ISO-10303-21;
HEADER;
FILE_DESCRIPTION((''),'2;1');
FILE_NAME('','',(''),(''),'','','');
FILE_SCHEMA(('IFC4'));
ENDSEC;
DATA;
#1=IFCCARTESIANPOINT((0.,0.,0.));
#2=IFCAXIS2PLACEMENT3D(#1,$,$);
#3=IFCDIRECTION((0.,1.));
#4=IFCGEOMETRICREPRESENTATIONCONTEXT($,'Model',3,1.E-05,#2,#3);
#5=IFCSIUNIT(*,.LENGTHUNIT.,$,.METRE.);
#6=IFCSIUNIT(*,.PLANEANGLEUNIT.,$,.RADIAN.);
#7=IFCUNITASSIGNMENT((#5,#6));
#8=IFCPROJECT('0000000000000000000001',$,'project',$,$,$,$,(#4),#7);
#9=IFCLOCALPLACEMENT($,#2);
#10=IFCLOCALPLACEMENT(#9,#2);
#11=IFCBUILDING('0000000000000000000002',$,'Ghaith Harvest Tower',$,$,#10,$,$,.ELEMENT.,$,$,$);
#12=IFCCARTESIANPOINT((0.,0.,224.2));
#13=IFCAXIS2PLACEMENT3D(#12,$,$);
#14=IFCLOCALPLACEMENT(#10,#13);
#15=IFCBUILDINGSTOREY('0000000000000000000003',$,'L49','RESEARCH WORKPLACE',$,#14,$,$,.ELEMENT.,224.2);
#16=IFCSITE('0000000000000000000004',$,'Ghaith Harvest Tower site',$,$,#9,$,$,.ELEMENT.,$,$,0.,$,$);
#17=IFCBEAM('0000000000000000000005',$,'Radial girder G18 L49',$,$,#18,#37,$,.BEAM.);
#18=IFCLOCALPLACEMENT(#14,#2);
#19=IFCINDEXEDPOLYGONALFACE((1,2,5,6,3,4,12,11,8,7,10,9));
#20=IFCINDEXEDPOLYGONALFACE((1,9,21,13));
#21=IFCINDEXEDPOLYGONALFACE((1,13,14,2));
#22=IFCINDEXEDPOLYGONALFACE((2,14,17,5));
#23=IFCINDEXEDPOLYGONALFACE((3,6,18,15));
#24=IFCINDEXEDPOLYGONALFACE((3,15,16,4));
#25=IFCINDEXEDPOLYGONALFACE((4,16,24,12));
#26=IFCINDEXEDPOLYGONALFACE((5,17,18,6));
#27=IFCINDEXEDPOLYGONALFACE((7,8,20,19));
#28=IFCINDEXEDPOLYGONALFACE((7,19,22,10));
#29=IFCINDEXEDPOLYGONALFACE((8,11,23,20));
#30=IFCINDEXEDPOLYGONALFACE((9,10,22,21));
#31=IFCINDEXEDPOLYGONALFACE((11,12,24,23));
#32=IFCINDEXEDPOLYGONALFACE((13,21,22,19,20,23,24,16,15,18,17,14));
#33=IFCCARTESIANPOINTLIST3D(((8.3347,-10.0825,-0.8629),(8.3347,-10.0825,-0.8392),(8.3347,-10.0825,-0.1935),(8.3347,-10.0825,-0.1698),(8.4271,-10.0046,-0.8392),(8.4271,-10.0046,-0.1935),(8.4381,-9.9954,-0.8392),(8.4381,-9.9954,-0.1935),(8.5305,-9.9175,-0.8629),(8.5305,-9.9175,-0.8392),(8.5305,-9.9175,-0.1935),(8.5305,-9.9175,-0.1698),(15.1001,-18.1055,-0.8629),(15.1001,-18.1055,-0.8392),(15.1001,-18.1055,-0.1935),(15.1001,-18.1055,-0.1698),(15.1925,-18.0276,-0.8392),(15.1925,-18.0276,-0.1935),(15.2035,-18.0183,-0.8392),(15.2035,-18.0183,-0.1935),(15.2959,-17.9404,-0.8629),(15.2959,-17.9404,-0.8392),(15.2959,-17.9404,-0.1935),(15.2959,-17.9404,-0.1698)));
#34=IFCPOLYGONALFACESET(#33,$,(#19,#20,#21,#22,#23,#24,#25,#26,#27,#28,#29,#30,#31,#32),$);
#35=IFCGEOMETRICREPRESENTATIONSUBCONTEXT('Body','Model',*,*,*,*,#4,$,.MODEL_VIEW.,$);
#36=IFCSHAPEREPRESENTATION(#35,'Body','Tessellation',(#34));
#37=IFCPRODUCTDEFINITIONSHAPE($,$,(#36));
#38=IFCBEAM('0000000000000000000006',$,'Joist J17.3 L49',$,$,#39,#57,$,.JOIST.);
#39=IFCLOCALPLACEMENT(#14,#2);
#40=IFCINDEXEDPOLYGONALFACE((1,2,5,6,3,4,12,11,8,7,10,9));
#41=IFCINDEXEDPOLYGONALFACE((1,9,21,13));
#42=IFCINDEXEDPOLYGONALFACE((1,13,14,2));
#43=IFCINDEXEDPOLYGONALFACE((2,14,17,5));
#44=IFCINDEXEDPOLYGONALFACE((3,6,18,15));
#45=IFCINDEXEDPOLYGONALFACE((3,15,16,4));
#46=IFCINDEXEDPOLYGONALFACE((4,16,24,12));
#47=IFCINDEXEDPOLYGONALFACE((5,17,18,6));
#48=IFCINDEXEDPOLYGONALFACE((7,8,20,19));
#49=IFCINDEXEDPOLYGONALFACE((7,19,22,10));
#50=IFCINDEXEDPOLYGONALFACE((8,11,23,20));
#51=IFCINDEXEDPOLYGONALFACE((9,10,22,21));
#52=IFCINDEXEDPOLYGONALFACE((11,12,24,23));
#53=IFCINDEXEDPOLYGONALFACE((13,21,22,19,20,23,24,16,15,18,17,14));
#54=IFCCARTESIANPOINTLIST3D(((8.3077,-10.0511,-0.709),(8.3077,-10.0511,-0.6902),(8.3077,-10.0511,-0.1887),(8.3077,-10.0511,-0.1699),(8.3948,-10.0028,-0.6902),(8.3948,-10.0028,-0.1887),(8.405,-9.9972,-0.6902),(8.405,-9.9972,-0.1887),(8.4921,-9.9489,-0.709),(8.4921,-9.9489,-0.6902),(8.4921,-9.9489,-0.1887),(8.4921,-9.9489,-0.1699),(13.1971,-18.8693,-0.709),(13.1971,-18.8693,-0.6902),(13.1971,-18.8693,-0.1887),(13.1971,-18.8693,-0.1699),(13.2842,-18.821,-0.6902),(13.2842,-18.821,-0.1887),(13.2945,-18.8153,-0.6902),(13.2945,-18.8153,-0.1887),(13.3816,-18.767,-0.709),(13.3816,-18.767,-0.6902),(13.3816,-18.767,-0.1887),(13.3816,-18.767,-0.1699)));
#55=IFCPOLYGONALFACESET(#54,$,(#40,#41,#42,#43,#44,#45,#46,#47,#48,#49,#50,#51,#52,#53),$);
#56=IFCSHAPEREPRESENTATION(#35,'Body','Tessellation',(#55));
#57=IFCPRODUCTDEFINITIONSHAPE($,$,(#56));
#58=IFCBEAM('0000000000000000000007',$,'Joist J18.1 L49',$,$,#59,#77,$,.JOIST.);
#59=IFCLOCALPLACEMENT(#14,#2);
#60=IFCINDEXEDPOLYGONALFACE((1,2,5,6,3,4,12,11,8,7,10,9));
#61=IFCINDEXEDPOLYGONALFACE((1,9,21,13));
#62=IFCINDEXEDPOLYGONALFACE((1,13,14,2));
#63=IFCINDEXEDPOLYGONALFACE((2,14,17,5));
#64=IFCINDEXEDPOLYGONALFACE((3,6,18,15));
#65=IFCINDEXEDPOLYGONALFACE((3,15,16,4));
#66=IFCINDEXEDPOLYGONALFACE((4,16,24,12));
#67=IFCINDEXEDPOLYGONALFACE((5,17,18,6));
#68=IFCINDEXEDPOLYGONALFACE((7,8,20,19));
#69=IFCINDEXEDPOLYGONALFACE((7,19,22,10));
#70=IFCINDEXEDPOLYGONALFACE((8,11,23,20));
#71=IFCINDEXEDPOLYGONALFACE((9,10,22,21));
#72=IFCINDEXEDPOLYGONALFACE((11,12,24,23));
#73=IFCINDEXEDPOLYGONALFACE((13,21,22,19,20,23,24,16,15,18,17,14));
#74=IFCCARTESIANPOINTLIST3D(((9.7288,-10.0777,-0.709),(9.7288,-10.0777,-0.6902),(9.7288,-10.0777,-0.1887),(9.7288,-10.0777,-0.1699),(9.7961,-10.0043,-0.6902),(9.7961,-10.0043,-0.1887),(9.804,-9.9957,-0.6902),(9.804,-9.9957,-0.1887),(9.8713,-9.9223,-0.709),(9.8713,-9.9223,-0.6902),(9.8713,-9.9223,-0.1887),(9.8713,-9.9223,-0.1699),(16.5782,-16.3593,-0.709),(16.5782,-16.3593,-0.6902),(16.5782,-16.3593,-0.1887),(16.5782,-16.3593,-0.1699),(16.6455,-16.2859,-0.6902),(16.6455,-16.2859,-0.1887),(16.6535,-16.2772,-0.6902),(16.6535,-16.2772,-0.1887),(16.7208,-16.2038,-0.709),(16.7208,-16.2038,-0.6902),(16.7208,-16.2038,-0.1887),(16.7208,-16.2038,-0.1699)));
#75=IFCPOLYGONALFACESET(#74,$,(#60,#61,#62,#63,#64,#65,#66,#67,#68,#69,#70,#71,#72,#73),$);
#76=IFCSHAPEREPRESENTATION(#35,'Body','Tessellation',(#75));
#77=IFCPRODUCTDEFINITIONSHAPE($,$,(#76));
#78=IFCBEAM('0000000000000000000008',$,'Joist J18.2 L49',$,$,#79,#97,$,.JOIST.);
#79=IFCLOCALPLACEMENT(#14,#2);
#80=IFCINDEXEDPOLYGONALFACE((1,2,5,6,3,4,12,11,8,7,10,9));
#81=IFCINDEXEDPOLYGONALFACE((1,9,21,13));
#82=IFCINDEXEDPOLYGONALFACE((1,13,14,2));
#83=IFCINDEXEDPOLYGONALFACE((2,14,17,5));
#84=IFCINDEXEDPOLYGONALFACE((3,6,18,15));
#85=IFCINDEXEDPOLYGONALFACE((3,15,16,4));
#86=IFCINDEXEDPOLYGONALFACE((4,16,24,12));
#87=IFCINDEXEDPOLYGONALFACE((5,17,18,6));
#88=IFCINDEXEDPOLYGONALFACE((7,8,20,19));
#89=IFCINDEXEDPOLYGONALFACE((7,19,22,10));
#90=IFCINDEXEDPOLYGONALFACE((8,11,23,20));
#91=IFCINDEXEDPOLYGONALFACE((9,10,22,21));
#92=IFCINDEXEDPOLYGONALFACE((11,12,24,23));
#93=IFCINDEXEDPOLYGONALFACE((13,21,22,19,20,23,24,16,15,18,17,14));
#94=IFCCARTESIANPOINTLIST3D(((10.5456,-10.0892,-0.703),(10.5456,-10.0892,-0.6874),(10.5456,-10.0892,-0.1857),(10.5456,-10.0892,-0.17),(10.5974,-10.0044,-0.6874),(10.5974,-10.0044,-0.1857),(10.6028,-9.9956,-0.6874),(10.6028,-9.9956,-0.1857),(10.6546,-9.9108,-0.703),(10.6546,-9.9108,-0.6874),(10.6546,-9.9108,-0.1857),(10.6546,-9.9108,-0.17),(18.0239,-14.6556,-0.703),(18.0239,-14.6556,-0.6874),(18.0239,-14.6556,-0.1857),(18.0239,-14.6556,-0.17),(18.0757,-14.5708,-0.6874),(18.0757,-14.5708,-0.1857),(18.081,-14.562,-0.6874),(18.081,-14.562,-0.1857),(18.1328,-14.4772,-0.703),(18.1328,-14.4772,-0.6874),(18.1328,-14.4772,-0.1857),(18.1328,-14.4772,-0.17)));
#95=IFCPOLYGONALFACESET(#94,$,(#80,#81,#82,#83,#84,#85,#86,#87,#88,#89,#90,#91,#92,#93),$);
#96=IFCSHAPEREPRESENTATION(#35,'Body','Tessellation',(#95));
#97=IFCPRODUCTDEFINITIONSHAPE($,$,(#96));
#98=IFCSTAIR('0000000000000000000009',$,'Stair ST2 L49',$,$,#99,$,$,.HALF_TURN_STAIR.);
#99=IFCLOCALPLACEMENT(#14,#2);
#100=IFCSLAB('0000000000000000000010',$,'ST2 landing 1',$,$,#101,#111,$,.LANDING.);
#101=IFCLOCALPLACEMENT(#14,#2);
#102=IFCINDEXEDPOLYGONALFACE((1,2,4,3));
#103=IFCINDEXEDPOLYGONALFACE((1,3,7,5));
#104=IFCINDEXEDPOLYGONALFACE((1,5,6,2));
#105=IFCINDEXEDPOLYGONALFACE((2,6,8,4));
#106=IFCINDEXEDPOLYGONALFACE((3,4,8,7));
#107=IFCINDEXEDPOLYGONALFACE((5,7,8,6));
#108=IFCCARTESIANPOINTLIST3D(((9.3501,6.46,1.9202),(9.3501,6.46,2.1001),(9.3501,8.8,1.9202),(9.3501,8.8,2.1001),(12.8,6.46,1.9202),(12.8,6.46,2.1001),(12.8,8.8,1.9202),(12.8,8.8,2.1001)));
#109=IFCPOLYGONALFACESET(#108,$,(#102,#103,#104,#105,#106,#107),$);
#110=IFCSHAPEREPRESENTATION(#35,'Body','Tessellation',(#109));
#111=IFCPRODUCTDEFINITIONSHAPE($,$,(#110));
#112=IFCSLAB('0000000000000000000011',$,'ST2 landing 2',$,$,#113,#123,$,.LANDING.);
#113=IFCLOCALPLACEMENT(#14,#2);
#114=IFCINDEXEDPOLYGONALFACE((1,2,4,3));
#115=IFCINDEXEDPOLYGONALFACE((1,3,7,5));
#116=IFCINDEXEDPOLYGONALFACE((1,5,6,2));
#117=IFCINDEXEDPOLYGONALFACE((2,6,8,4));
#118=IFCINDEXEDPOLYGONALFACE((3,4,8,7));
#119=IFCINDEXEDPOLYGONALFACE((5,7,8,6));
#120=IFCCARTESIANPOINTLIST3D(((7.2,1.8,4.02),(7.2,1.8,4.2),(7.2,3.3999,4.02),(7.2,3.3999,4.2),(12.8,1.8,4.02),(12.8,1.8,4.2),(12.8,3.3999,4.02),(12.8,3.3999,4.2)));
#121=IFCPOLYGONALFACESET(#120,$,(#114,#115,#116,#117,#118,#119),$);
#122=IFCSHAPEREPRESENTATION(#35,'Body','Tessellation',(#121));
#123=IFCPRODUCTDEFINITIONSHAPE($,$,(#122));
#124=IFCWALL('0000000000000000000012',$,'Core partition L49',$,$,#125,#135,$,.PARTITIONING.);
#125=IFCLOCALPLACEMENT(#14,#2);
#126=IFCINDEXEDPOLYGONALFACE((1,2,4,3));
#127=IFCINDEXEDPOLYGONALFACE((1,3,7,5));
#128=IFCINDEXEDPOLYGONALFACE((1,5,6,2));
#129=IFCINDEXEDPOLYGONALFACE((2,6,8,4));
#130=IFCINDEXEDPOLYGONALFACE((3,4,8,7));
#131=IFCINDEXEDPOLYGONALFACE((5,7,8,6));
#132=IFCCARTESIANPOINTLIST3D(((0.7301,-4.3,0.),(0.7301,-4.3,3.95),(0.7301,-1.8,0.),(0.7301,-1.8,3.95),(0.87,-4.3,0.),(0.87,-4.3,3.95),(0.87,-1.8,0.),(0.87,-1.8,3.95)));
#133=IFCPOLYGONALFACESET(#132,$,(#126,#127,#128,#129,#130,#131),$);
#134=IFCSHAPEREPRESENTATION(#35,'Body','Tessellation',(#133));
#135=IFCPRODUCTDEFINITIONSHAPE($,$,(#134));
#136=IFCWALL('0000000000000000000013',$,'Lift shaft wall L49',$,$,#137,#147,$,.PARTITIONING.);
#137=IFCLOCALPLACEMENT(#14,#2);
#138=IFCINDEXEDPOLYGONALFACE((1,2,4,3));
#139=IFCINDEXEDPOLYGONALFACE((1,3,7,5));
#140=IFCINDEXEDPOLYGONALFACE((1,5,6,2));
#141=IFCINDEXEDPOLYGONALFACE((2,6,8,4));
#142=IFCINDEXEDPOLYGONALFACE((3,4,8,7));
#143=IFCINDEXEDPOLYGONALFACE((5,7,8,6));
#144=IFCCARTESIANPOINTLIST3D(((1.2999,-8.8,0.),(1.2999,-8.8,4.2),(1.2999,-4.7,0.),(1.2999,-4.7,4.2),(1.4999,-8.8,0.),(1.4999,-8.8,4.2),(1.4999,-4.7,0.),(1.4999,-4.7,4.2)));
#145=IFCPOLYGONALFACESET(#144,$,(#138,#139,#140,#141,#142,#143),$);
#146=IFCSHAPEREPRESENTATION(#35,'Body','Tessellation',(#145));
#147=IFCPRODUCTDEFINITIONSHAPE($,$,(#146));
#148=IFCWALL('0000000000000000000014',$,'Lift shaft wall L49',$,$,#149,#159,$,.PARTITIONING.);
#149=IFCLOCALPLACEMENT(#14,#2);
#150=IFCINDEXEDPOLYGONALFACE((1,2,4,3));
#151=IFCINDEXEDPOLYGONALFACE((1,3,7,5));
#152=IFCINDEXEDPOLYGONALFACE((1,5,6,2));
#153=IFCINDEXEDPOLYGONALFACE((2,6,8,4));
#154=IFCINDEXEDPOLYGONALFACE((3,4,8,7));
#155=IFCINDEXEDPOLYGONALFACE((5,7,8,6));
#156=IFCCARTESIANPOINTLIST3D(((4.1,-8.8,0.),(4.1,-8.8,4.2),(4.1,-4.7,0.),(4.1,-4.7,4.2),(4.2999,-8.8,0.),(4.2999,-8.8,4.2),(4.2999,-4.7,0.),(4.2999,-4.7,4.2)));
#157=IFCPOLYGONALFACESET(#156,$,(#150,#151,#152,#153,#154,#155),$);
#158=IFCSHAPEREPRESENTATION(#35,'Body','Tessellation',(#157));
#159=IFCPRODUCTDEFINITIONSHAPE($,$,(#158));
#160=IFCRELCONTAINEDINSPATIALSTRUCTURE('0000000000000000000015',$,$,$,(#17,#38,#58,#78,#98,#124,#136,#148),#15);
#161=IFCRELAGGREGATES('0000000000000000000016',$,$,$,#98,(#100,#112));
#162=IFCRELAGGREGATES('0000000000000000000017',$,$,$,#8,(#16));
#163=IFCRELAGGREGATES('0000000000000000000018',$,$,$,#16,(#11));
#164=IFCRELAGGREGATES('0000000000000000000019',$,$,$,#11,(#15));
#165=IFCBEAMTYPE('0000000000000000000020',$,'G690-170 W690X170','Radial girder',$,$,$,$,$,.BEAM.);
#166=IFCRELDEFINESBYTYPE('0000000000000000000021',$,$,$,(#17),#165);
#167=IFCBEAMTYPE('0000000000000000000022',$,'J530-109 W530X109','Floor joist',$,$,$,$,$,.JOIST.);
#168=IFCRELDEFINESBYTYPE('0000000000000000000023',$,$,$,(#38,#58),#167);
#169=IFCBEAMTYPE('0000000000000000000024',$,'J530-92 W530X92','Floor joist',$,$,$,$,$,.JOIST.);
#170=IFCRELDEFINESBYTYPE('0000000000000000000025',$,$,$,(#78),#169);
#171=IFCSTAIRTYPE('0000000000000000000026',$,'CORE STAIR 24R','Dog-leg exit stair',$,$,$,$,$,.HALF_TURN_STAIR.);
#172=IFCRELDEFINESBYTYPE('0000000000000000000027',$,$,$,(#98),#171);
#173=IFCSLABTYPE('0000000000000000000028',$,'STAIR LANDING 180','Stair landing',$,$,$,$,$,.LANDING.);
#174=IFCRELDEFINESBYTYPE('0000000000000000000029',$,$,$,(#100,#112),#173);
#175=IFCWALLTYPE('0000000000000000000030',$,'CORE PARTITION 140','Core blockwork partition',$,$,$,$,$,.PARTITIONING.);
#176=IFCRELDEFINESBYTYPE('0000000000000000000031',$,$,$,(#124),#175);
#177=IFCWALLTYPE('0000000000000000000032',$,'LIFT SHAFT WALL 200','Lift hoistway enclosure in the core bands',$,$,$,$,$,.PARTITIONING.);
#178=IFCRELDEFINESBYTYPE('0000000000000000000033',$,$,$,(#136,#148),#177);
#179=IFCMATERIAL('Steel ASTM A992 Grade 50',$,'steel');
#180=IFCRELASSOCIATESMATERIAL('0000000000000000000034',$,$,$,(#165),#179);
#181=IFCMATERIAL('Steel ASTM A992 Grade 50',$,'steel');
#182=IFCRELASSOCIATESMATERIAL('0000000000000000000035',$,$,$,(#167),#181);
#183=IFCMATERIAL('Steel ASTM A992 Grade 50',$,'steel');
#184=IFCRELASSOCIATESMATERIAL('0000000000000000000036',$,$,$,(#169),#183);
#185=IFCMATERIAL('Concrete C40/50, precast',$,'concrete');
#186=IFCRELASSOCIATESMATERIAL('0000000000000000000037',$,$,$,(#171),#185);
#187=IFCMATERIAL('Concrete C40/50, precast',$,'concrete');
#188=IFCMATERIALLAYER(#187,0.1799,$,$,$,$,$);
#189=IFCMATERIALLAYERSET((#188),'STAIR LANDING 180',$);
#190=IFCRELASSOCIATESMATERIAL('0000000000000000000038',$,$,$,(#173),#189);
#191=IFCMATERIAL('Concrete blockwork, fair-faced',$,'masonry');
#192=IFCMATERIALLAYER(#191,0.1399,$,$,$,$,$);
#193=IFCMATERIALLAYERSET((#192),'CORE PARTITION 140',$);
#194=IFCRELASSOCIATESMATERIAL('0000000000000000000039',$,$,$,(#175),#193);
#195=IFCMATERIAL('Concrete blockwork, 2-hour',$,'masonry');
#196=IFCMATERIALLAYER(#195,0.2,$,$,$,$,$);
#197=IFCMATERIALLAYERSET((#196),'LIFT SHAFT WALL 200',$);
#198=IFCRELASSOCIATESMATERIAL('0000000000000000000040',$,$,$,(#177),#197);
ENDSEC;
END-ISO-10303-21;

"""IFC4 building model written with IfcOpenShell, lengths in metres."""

from ifc_helpers import new_model, si_unit, direction, frame, frame_2d, origin, origin_2d, place, context, subcontext, project, spatial, polyline, rectangle, i_section, outline, extrude, material, layer, layer_set, material_profile, profile_set, type_object, element, aggregate, save


model = new_model("IFC4")

# Units and contexts
model_context = context("Model", 3, precision=1e-05, world=origin(), true_north=direction((0.0, 1.0)))
body_context = subcontext(model_context, "Body", "Model", "MODEL_VIEW")
ifc_project = project(units=[si_unit("LENGTHUNIT", "METRE"), si_unit("PLANEANGLEUNIT", "RADIAN")], contexts=[model_context])

# Site, building, storey
site_placement = place(None, origin())
site = spatial("IfcSite", under=ifc_project, at=site_placement, Name="Ghaith Harvest Tower site", CompositionType="ELEMENT", RefElevation=0.0)
building_placement = place(site_placement, origin())
building = spatial("IfcBuilding", under=site, at=building_placement, Name="Ghaith Harvest Tower", CompositionType="ELEMENT")
storey_placement = place(building_placement, frame((0.0, 0.0, 224.2)))
storey = spatial("IfcBuildingStorey", under=building, at=storey_placement, Name="L49", Description="RESEARCH WORKPLACE", CompositionType="ELEMENT", Elevation=224.2)

# Beams
ifc_material_1 = material(Name="Steel ASTM A992 Grade 50", Category="steel")
ifc_material_profile_1 = material_profile(ifc_material_1, i_section(OverallWidth=0.2561, OverallDepth=0.6931, WebThickness=0.0144, FlangeThickness=0.0237, at=origin_2d()), Name="W690X170")
ifc_profile_set_1 = profile_set([ifc_material_profile_1], Name="Steel ASTM A992 Grade 50")
beam_type_1 = type_object("IfcBeamType", Name="G690-170 W690X170", Description="Radial girder", PredefinedType="BEAM", material=ifc_profile_set_1)
beam_1_placement = place(storey_placement, frame((8.4326, -10.0, -0.5164), z_axis=(0.644649, -0.764478, 0.0), x_axis=(0.764478, 0.644649, 0.0)))
element("IfcBeam", 1, at=beam_1_placement, inside=storey, type_object=beam_type_1, Name="Radial girder G18 L49", PredefinedType="BEAM", context=body_context, shape_type="SweptSolid", body=[
    extrude(i_section(OverallWidth=0.2561, OverallDepth=0.6931, WebThickness=0.0144, FlangeThickness=0.0237, at=origin_2d()), origin(), (0.0, 0.0, 1.0), 10.4946),
])
ifc_material_2 = material(Name="Steel ASTM A992 Grade 50", Category="steel")
ifc_material_profile_2 = material_profile(ifc_material_2, i_section(OverallWidth=0.2109, OverallDepth=0.5391, WebThickness=0.0117, FlangeThickness=0.0188, at=origin_2d()), Name="W530X109")
ifc_profile_set_2 = profile_set([ifc_material_profile_2], Name="Steel ASTM A992 Grade 50")
beam_type_2 = type_object("IfcBeamType", Name="J530-109 W530X109", Description="Floor joist", PredefinedType="JOIST", material=ifc_profile_set_2)
beam_2_placement = place(storey_placement, frame((8.3999, -10.0, -0.4395), z_axis=(0.484919, -0.874559, 0.0), x_axis=(0.874559, 0.484919, 0.0)))
element("IfcBeam", 2, at=beam_2_placement, inside=storey, type_object=beam_type_2, Name="Joist J17.3 L49", PredefinedType="JOIST", context=body_context, shape_type="SweptSolid", body=[
    extrude(i_section(OverallWidth=0.2109, OverallDepth=0.5391, WebThickness=0.0117, FlangeThickness=0.0188, at=origin_2d()), origin(), (0.0, 0.0, 1.0), 10.083),
])
beam_3_placement = place(storey_placement, frame((9.8, -10.0, -0.4395), z_axis=(0.736998, -0.675895, 0.0), x_axis=(0.675895, 0.736998, 0.0)))
element("IfcBeam", 3, at=beam_3_placement, inside=storey, type_object=beam_type_2, Name="Joist J18.1 L49", PredefinedType="JOIST", context=body_context, shape_type="SweptSolid", body=[
    extrude(i_section(OverallWidth=0.2109, OverallDepth=0.5391, WebThickness=0.0117, FlangeThickness=0.0188, at=origin_2d()), origin(), (0.0, 0.0, 1.0), 9.2937),
])
ifc_material_3 = material(Name="Steel ASTM A992 Grade 50", Category="steel")
ifc_material_profile_3 = material_profile(ifc_material_3, i_section(OverallWidth=0.209, OverallDepth=0.533, WebThickness=0.0103, FlangeThickness=0.0156, at=origin_2d()), Name="W530X92")
ifc_profile_set_3 = profile_set([ifc_material_profile_3], Name="Steel ASTM A992 Grade 50")
beam_type_3 = type_object("IfcBeamType", Name="J530-92 W530X92", Description="Floor joist", PredefinedType="JOIST", material=ifc_profile_set_3)
beam_4_placement = place(storey_placement, frame((10.6001, -10.0, -0.4365), z_axis=(0.853467, -0.521147, 0.0), x_axis=(0.521147, 0.853467, 0.0)))
element("IfcBeam", 4, at=beam_4_placement, inside=storey, type_object=beam_type_3, Name="Joist J18.2 L49", PredefinedType="JOIST", context=body_context, shape_type="SweptSolid", body=[
    extrude(i_section(OverallWidth=0.209, OverallDepth=0.533, WebThickness=0.0103, FlangeThickness=0.0156, at=origin_2d()), origin(), (0.0, 0.0, 1.0), 8.7622),
])

# Stair, slabs
ifc_material_4 = material(Name="Concrete C40/50, precast", Category="concrete")
stair_type = type_object("IfcStairType", Name="CORE STAIR 24R", Description="Dog-leg exit stair", PredefinedType="HALF_TURN_STAIR", material=ifc_material_4)
stair_placement = place(storey_placement, origin())
stair = element("IfcStair", 5, at=stair_placement, inside=storey, type_object=stair_type, Name="Stair ST2 L49", PredefinedType="HALF_TURN_STAIR")
ifc_material_5 = material(Name="Concrete C40/50, precast", Category="concrete")
ifc_layer_1 = layer(ifc_material_5, 0.1799)
ifc_layer_set_1 = layer_set([ifc_layer_1], Name="STAIR LANDING 180")
slab_type = type_object("IfcSlabType", Name="STAIR LANDING 180", Description="Stair landing", PredefinedType="LANDING", material=ifc_layer_set_1)
slab_1_placement = place(storey_placement, frame((0.0, 0.0, 1.9202)))
slab_1 = element("IfcSlab", 6, at=slab_1_placement, type_object=slab_type, Name="ST2 landing 1", PredefinedType="LANDING", context=body_context, shape_type="SweptSolid", body=[
    extrude(outline(polyline([(12.8, 6.46), (12.8, 8.8), (9.3501, 8.8), (9.3501, 6.46), (12.8, 6.46)])), origin(), (0.0, 0.0, 1.0), 0.1799),
])
slab_2_placement = place(storey_placement, frame((0.0, 0.0, 4.02)))
slab_2 = element("IfcSlab", 7, at=slab_2_placement, type_object=slab_type, Name="ST2 landing 2", PredefinedType="LANDING", context=body_context, shape_type="SweptSolid", body=[
    extrude(outline(polyline([(12.8, 1.8), (12.8, 3.3999), (7.2, 3.3999), (7.2, 1.8), (12.8, 1.8)])), origin(), (0.0, 0.0, 1.0), 0.1799),
])
aggregate(stair, [slab_1, slab_2])

# Walls
ifc_material_6 = material(Name="Concrete blockwork, fair-faced", Category="masonry")
ifc_layer_2 = layer(ifc_material_6, 0.1399)
ifc_layer_set_2 = layer_set([ifc_layer_2], Name="CORE PARTITION 140")
wall_type_1 = type_object("IfcWallType", Name="CORE PARTITION 140", Description="Core blockwork partition", PredefinedType="PARTITIONING", material=ifc_layer_set_2)
wall_1_placement = place(storey_placement, frame((0.8, -1.8, 0.0), z_axis=(0.0, 0.0, 1.0), x_axis=(0.0, -1.0, 0.0)))
element("IfcWall", 8, at=wall_1_placement, inside=storey, type_object=wall_type_1, Name="Core partition L49", PredefinedType="PARTITIONING", context=body_context, shape_type="SweptSolid", body=[
    extrude(rectangle(XDim=2.5, YDim=0.1399, at=frame_2d((1.25, 0.0))), origin(), (0.0, 0.0, 1.0), 3.95),
])
ifc_material_7 = material(Name="Concrete blockwork, 2-hour", Category="masonry")
ifc_layer_3 = layer(ifc_material_7, 0.2)
ifc_layer_set_3 = layer_set([ifc_layer_3], Name="LIFT SHAFT WALL 200")
wall_type_2 = type_object("IfcWallType", Name="LIFT SHAFT WALL 200", Description="Lift hoistway enclosure in the core bands", PredefinedType="PARTITIONING", material=ifc_layer_set_3)
for number, where, z_axis, x_axis, name in (
    (9, (1.3999, -4.7, 0.0), (0.0, 0.0, 1.0), (0.0, -1.0, 0.0), "Lift shaft wall L49"),
    (10, (4.2, -4.7, 0.0), (0.0, 0.0, 1.0), (0.0, -1.0, 0.0), "Lift shaft wall L49"),
):
    element("IfcWall", number, at=place(storey_placement, frame(where, z_axis=z_axis, x_axis=x_axis)), inside=storey, type_object=wall_type_2, Name=name, PredefinedType="PARTITIONING", context=body_context, shape_type="SweptSolid", body=[
        extrude(rectangle(XDim=4.1001, YDim=0.2, at=frame_2d((2.05, 0.0))), origin(), (0.0, 0.0, 1.0), 4.2),
    ])

save(model, "model.ifc")
